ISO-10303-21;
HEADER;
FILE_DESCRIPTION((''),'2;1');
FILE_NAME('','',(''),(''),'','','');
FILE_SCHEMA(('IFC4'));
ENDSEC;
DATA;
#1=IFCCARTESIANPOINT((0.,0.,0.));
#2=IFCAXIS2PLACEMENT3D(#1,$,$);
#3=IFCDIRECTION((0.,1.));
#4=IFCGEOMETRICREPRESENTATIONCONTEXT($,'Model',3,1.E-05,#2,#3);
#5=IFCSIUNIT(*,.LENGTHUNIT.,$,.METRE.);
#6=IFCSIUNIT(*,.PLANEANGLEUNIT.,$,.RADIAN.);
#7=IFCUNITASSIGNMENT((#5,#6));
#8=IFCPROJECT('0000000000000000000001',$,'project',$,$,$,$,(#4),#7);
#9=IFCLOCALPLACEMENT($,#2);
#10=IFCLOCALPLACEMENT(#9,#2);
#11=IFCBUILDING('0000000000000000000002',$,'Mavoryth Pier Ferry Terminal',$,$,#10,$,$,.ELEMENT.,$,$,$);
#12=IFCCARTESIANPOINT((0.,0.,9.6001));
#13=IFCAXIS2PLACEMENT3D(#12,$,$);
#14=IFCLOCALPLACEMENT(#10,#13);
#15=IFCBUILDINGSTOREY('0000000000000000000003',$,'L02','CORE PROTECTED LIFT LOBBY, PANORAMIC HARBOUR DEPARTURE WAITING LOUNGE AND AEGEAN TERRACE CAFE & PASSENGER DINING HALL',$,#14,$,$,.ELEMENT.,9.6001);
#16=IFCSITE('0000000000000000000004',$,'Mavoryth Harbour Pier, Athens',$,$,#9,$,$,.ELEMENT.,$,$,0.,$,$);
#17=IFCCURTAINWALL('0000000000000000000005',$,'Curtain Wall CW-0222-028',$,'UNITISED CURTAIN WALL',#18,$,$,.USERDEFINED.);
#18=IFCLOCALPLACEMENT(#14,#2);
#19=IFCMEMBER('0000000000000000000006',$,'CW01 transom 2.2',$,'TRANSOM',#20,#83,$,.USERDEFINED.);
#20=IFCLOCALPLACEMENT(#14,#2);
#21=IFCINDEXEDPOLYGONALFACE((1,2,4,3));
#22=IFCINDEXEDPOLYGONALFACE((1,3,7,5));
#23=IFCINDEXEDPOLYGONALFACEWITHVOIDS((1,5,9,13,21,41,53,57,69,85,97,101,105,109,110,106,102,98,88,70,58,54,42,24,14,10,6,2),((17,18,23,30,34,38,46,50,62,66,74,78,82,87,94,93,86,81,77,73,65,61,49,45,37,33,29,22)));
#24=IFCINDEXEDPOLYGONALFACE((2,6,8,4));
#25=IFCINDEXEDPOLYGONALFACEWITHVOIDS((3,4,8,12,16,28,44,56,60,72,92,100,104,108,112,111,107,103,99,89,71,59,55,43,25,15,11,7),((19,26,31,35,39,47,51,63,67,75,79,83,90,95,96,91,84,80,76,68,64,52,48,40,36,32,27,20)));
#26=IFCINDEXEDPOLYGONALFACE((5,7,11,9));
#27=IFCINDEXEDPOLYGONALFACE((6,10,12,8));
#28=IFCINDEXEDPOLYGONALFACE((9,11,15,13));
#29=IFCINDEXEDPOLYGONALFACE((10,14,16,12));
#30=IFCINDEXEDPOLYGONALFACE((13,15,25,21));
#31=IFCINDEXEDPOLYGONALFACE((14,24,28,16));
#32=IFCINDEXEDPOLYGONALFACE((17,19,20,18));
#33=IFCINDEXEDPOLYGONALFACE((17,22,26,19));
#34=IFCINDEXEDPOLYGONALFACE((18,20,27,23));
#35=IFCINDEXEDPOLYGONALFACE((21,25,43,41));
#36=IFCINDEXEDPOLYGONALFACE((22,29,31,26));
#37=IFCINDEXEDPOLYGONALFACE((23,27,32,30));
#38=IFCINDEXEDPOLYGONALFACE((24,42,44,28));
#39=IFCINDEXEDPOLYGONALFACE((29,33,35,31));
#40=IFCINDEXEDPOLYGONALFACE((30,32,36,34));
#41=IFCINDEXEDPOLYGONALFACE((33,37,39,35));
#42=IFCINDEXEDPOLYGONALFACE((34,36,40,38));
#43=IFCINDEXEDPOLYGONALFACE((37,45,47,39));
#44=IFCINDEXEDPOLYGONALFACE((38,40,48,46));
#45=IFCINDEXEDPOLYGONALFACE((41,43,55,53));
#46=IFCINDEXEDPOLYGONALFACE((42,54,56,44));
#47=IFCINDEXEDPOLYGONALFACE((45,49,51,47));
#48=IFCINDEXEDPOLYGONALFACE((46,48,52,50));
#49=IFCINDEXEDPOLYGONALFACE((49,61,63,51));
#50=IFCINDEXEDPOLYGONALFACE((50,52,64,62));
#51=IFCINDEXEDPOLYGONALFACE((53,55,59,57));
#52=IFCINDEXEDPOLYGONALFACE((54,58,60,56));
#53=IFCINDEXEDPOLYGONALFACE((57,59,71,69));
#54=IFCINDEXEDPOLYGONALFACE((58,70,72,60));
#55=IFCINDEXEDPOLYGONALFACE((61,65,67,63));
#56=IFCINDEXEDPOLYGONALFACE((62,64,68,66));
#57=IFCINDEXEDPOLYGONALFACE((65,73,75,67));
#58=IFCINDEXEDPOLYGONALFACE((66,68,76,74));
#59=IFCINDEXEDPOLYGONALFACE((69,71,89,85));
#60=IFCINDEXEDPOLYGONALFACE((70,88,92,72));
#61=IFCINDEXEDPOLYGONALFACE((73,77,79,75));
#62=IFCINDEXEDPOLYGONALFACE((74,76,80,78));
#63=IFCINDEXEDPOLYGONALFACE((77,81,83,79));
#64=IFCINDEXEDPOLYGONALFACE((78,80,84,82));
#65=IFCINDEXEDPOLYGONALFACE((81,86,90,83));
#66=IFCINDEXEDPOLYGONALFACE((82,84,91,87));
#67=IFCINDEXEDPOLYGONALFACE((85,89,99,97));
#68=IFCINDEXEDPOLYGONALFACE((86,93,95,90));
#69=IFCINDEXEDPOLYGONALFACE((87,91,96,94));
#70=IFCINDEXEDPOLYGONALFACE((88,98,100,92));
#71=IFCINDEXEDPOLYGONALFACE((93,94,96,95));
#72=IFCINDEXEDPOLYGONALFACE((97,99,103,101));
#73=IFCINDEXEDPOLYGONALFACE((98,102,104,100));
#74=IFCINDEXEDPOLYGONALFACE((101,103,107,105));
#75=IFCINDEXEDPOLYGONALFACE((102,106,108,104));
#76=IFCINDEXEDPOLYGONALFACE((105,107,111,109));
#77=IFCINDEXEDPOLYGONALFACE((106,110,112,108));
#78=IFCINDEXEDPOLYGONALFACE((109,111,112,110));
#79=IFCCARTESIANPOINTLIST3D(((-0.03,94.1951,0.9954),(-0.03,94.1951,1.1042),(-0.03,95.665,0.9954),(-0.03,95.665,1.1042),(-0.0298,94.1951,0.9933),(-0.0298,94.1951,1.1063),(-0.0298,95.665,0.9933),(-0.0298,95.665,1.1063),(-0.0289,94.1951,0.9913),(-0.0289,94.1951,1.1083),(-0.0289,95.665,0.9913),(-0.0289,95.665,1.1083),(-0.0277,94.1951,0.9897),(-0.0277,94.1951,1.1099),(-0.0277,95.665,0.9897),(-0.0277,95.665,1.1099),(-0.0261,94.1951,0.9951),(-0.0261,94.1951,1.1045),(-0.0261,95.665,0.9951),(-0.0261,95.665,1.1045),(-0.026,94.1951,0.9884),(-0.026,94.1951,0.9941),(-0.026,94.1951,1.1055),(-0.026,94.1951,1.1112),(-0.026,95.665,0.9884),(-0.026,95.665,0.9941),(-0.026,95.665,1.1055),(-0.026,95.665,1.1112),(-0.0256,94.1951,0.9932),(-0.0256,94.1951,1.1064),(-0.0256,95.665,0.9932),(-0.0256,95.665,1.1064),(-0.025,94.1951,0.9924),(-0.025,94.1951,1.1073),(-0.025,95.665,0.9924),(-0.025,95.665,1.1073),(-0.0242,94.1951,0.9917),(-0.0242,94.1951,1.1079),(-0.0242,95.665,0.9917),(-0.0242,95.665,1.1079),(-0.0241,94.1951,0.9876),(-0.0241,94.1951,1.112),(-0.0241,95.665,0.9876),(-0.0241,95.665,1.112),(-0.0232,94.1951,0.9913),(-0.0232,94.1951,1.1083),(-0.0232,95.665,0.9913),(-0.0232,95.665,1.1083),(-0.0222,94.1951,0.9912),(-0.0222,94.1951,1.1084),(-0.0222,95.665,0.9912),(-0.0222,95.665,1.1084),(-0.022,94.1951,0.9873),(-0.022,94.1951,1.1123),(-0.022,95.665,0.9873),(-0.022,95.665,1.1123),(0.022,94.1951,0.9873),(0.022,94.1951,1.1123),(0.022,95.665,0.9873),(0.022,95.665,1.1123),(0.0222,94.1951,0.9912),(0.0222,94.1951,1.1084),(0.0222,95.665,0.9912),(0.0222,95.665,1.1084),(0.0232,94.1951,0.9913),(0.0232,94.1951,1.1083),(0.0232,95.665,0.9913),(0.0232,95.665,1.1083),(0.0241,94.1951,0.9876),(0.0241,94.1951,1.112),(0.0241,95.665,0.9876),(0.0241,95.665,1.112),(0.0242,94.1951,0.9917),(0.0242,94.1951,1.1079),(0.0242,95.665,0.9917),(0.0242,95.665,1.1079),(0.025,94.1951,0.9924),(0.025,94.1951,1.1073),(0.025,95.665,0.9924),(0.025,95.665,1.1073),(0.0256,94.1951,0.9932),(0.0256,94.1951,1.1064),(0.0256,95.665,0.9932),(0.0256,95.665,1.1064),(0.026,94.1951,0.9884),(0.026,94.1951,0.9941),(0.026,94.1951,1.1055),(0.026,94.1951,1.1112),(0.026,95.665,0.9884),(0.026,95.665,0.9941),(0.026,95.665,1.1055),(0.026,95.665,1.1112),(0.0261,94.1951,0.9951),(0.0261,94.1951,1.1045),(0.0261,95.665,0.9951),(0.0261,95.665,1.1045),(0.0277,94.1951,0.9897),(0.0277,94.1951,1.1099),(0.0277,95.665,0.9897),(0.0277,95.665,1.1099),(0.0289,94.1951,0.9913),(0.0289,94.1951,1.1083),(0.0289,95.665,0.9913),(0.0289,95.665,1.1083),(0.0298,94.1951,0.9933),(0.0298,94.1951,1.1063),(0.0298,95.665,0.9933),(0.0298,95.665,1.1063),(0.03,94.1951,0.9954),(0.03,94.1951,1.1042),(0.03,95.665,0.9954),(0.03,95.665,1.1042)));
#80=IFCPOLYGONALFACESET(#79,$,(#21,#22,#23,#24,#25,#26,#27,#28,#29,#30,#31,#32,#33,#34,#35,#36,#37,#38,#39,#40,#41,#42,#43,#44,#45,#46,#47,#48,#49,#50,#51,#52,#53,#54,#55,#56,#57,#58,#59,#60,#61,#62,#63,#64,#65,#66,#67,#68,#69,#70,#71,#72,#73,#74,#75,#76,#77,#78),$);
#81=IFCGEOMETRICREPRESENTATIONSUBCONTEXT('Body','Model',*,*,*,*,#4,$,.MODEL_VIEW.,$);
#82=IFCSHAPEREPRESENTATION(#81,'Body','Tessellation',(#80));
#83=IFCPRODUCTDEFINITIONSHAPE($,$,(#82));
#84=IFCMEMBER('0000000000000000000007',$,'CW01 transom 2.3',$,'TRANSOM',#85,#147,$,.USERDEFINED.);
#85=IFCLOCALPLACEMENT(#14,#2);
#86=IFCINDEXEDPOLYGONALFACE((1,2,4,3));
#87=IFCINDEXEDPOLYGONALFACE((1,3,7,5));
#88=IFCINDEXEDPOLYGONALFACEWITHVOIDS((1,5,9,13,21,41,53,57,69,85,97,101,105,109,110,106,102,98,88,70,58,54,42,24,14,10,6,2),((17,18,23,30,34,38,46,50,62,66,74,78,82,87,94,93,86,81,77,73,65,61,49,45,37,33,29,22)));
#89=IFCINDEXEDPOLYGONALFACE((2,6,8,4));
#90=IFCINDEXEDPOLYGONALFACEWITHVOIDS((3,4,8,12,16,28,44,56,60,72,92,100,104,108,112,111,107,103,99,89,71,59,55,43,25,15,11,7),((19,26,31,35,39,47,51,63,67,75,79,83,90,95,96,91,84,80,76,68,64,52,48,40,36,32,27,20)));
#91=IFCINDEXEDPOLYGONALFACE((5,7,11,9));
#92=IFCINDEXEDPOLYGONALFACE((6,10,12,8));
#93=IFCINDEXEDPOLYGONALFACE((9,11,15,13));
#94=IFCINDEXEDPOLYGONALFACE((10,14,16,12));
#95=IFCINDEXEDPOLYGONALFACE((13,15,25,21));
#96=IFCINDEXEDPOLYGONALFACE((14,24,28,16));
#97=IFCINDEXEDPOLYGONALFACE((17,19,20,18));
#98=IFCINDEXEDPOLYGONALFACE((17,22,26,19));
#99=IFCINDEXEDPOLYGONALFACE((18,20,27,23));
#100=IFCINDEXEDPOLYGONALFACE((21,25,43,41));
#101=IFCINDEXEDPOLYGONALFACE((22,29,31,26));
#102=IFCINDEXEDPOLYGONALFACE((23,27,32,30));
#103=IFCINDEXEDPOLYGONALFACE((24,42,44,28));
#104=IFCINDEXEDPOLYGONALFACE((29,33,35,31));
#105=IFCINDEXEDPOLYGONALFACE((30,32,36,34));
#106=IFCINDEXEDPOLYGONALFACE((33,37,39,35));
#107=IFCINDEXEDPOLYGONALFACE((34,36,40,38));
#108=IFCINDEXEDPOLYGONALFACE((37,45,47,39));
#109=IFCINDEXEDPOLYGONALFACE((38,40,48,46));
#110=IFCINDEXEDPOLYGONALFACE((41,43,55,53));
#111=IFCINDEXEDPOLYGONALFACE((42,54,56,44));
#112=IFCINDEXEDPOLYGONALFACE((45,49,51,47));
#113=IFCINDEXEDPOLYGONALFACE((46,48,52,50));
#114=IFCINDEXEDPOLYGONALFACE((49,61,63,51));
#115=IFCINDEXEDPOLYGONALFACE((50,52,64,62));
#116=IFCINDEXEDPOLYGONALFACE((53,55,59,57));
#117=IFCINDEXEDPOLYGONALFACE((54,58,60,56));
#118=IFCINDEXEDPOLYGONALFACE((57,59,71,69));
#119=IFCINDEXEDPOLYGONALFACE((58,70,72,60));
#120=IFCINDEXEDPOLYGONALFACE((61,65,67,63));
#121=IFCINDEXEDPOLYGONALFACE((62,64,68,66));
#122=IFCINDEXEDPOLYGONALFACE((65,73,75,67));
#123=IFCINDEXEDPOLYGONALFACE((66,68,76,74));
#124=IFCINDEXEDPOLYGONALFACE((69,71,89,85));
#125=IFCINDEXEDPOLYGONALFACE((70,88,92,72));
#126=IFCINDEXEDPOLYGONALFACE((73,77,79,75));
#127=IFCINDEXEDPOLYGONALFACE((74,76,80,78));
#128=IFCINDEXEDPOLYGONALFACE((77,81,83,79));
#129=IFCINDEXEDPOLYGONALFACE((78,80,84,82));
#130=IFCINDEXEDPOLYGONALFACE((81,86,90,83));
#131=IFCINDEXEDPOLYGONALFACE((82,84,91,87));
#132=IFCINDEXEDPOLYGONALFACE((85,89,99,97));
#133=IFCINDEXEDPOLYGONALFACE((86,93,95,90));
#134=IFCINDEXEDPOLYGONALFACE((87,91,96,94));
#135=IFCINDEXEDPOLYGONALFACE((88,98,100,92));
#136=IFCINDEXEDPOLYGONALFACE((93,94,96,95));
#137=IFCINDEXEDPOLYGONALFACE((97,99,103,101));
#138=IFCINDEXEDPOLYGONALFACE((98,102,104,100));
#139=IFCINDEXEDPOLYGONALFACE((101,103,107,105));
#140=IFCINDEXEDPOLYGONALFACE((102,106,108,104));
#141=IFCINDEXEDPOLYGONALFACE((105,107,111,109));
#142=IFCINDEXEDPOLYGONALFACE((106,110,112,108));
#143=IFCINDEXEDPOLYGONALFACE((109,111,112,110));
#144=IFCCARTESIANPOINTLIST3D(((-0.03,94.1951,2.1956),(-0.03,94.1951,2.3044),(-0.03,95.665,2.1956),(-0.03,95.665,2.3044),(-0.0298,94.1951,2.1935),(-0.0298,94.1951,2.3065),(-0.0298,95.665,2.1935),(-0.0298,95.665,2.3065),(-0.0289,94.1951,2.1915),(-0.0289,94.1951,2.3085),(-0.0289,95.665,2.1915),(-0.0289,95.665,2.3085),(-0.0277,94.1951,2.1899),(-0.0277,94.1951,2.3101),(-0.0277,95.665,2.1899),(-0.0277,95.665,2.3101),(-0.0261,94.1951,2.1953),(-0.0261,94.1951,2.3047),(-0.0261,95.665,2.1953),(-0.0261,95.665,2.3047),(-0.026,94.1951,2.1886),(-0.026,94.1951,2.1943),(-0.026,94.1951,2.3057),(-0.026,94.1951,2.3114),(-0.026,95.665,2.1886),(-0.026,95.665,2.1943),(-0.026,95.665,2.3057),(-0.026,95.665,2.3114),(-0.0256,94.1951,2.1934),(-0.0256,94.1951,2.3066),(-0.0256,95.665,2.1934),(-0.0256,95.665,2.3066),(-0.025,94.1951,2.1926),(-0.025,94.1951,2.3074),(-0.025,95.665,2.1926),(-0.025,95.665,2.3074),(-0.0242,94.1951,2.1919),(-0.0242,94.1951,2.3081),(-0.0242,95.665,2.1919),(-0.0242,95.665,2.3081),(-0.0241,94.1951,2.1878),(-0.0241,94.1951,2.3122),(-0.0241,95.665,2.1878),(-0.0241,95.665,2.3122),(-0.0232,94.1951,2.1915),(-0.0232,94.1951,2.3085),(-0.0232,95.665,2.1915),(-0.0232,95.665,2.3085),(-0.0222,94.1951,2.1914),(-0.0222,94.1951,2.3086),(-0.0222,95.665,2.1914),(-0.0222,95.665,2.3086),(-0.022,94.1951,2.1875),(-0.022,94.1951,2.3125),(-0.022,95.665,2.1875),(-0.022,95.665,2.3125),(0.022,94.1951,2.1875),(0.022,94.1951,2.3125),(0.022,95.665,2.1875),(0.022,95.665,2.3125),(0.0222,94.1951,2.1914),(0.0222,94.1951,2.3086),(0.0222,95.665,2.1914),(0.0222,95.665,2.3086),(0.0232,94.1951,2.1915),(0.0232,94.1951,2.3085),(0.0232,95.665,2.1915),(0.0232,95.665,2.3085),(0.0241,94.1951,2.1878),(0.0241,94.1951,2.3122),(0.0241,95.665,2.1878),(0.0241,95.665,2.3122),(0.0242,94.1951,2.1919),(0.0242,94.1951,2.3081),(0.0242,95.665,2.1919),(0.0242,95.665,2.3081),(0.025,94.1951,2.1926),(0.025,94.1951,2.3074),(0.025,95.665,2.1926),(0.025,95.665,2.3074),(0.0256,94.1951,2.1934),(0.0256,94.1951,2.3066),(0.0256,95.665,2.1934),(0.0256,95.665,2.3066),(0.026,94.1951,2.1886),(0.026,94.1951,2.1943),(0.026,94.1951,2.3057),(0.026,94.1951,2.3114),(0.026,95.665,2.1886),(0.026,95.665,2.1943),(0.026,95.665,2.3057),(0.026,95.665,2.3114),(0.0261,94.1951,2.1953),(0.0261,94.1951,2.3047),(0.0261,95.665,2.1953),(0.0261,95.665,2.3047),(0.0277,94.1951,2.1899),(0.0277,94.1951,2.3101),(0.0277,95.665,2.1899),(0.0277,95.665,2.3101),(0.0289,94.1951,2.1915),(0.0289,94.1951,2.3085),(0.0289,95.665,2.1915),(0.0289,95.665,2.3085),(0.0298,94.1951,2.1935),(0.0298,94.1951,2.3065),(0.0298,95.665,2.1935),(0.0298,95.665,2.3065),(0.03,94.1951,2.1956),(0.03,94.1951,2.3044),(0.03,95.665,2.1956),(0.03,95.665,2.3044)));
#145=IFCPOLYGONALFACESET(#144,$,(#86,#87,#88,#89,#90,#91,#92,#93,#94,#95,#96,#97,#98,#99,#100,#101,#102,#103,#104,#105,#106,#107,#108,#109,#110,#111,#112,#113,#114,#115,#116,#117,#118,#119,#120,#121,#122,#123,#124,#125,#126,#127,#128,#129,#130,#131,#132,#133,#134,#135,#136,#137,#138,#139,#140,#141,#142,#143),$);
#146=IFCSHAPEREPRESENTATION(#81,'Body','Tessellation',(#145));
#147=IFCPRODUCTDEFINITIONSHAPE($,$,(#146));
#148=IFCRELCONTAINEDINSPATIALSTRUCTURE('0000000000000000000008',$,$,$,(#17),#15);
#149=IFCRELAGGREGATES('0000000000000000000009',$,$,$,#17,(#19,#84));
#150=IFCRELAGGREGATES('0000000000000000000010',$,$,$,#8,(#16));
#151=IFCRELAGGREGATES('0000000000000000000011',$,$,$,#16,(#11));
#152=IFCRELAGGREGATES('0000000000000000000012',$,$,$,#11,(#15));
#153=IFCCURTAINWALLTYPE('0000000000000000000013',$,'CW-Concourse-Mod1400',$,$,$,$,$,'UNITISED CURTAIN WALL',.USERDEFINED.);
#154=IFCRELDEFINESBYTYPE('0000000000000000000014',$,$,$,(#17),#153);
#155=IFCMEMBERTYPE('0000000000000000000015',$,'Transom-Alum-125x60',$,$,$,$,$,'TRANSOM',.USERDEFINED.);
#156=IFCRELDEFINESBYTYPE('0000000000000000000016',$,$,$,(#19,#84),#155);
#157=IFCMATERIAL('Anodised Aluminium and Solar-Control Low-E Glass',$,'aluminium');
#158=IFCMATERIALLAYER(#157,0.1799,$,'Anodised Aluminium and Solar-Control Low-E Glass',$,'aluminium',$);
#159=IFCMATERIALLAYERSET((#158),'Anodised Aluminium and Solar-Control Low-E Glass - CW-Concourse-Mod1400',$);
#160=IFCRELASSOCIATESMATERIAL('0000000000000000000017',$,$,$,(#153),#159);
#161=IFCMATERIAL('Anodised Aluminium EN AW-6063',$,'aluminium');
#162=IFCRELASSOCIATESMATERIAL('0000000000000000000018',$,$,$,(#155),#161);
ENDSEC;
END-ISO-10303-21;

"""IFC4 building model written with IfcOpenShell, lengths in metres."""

from ifc_helpers import new_model, si_unit, direction, frame, origin, origin_2d, place, context, subcontext, project, spatial, hollow_rectangle, extrude, material, layer, layer_set, material_profile, profile_set, type_object, element, aggregate, save


model = new_model("IFC4")

# Units and contexts
model_context = context("Model", 3, precision=1e-05, world=origin(), true_north=direction((0.0, 1.0)))
body_context = subcontext(model_context, "Body", "Model", "MODEL_VIEW")
ifc_project = project(units=[si_unit("LENGTHUNIT", "METRE"), si_unit("PLANEANGLEUNIT", "RADIAN")], contexts=[model_context])

# Site, building, storey
site_placement = place(None, origin())
site = spatial("IfcSite", under=ifc_project, at=site_placement, Name="Mavoryth Harbour Pier, Athens", CompositionType="ELEMENT", RefElevation=0.0)
building_placement = place(site_placement, origin())
building = spatial("IfcBuilding", under=site, at=building_placement, Name="Mavoryth Pier Ferry Terminal", CompositionType="ELEMENT")
storey_placement = place(building_placement, frame((0.0, 0.0, 9.6001)))
storey = spatial("IfcBuildingStorey", under=building, at=storey_placement, Name="L02", Description="CORE PROTECTED LIFT LOBBY, PANORAMIC HARBOUR DEPARTURE WAITING LOUNGE AND AEGEAN TERRACE CAFE & PASSENGER DINING HALL", CompositionType="ELEMENT", Elevation=9.6001)

# Curtain wall
ifc_material_1 = material(Name="Anodised Aluminium and Solar-Control Low-E Glass", Category="aluminium")
ifc_layer_1 = layer(ifc_material_1, 0.1799, Name="Anodised Aluminium and Solar-Control Low-E Glass", Category="aluminium")
ifc_layer_set_1 = layer_set([ifc_layer_1], Name="Anodised Aluminium and Solar-Control Low-E Glass - CW-Concourse-Mod1400")
curtain_wall_type = type_object("IfcCurtainWallType", Name="CW-Concourse-Mod1400", ElementType="UNITISED CURTAIN WALL", PredefinedType="USERDEFINED", material=ifc_layer_set_1)
curtain_wall_placement = place(storey_placement, origin())
curtain_wall = element("IfcCurtainWall", 1, at=curtain_wall_placement, inside=storey, type_object=curtain_wall_type, Name="Curtain Wall CW-0222-028", ObjectType="UNITISED CURTAIN WALL", PredefinedType="USERDEFINED")
ifc_material_2 = material(Name="Anodised Aluminium EN AW-6063", Category="aluminium")

# Members
ifc_material_profile_1 = material_profile(ifc_material_2, hollow_rectangle(XDim=0.0601, YDim=0.125, WallThickness=0.0039, InnerFilletRadius=0.0039, OuterFilletRadius=0.0081, at=origin_2d()), Name="AL-TRAN 125x60x4", Category="aluminium")
ifc_profile_set_1 = profile_set([ifc_material_profile_1], Name="Anodised Aluminium EN AW-6063 - AL-TRAN 125x60x4")
member_type_1 = type_object("IfcMemberType", Name="Transom-Alum-125x60", ElementType="TRANSOM", PredefinedType="USERDEFINED", material=ifc_profile_set_1)
member_1_placement = place(storey_placement, frame((0.0, 95.665, 1.0498), z_axis=(0.0, -1.0, 0.0), x_axis=(1.0, 0.0, 0.0)))
member_1 = element("IfcMember", 2, at=member_1_placement, type_object=member_type_1, Name="CW01 transom 2.2", ObjectType="TRANSOM", PredefinedType="USERDEFINED", context=body_context, shape_type="SweptSolid", body=[
    extrude(hollow_rectangle(XDim=0.0601, YDim=0.125, WallThickness=0.0039, InnerFilletRadius=0.0039, OuterFilletRadius=0.0081, at=origin_2d()), origin(), (0.0, 0.0, 1.0), 1.47),
])
member_2_placement = place(storey_placement, frame((0.0, 95.665, 2.25), z_axis=(0.0, -1.0, 0.0), x_axis=(1.0, 0.0, 0.0)))
member_2 = element("IfcMember", 3, at=member_2_placement, type_object=member_type_1, Name="CW01 transom 2.3", ObjectType="TRANSOM", PredefinedType="USERDEFINED", context=body_context, shape_type="SweptSolid", body=[
    extrude(hollow_rectangle(XDim=0.0601, YDim=0.125, WallThickness=0.0039, InnerFilletRadius=0.0039, OuterFilletRadius=0.0081, at=origin_2d()), origin(), (0.0, 0.0, 1.0), 1.47),
])

aggregate(curtain_wall, [member_1, member_2])

save(model, "model.ifc")
